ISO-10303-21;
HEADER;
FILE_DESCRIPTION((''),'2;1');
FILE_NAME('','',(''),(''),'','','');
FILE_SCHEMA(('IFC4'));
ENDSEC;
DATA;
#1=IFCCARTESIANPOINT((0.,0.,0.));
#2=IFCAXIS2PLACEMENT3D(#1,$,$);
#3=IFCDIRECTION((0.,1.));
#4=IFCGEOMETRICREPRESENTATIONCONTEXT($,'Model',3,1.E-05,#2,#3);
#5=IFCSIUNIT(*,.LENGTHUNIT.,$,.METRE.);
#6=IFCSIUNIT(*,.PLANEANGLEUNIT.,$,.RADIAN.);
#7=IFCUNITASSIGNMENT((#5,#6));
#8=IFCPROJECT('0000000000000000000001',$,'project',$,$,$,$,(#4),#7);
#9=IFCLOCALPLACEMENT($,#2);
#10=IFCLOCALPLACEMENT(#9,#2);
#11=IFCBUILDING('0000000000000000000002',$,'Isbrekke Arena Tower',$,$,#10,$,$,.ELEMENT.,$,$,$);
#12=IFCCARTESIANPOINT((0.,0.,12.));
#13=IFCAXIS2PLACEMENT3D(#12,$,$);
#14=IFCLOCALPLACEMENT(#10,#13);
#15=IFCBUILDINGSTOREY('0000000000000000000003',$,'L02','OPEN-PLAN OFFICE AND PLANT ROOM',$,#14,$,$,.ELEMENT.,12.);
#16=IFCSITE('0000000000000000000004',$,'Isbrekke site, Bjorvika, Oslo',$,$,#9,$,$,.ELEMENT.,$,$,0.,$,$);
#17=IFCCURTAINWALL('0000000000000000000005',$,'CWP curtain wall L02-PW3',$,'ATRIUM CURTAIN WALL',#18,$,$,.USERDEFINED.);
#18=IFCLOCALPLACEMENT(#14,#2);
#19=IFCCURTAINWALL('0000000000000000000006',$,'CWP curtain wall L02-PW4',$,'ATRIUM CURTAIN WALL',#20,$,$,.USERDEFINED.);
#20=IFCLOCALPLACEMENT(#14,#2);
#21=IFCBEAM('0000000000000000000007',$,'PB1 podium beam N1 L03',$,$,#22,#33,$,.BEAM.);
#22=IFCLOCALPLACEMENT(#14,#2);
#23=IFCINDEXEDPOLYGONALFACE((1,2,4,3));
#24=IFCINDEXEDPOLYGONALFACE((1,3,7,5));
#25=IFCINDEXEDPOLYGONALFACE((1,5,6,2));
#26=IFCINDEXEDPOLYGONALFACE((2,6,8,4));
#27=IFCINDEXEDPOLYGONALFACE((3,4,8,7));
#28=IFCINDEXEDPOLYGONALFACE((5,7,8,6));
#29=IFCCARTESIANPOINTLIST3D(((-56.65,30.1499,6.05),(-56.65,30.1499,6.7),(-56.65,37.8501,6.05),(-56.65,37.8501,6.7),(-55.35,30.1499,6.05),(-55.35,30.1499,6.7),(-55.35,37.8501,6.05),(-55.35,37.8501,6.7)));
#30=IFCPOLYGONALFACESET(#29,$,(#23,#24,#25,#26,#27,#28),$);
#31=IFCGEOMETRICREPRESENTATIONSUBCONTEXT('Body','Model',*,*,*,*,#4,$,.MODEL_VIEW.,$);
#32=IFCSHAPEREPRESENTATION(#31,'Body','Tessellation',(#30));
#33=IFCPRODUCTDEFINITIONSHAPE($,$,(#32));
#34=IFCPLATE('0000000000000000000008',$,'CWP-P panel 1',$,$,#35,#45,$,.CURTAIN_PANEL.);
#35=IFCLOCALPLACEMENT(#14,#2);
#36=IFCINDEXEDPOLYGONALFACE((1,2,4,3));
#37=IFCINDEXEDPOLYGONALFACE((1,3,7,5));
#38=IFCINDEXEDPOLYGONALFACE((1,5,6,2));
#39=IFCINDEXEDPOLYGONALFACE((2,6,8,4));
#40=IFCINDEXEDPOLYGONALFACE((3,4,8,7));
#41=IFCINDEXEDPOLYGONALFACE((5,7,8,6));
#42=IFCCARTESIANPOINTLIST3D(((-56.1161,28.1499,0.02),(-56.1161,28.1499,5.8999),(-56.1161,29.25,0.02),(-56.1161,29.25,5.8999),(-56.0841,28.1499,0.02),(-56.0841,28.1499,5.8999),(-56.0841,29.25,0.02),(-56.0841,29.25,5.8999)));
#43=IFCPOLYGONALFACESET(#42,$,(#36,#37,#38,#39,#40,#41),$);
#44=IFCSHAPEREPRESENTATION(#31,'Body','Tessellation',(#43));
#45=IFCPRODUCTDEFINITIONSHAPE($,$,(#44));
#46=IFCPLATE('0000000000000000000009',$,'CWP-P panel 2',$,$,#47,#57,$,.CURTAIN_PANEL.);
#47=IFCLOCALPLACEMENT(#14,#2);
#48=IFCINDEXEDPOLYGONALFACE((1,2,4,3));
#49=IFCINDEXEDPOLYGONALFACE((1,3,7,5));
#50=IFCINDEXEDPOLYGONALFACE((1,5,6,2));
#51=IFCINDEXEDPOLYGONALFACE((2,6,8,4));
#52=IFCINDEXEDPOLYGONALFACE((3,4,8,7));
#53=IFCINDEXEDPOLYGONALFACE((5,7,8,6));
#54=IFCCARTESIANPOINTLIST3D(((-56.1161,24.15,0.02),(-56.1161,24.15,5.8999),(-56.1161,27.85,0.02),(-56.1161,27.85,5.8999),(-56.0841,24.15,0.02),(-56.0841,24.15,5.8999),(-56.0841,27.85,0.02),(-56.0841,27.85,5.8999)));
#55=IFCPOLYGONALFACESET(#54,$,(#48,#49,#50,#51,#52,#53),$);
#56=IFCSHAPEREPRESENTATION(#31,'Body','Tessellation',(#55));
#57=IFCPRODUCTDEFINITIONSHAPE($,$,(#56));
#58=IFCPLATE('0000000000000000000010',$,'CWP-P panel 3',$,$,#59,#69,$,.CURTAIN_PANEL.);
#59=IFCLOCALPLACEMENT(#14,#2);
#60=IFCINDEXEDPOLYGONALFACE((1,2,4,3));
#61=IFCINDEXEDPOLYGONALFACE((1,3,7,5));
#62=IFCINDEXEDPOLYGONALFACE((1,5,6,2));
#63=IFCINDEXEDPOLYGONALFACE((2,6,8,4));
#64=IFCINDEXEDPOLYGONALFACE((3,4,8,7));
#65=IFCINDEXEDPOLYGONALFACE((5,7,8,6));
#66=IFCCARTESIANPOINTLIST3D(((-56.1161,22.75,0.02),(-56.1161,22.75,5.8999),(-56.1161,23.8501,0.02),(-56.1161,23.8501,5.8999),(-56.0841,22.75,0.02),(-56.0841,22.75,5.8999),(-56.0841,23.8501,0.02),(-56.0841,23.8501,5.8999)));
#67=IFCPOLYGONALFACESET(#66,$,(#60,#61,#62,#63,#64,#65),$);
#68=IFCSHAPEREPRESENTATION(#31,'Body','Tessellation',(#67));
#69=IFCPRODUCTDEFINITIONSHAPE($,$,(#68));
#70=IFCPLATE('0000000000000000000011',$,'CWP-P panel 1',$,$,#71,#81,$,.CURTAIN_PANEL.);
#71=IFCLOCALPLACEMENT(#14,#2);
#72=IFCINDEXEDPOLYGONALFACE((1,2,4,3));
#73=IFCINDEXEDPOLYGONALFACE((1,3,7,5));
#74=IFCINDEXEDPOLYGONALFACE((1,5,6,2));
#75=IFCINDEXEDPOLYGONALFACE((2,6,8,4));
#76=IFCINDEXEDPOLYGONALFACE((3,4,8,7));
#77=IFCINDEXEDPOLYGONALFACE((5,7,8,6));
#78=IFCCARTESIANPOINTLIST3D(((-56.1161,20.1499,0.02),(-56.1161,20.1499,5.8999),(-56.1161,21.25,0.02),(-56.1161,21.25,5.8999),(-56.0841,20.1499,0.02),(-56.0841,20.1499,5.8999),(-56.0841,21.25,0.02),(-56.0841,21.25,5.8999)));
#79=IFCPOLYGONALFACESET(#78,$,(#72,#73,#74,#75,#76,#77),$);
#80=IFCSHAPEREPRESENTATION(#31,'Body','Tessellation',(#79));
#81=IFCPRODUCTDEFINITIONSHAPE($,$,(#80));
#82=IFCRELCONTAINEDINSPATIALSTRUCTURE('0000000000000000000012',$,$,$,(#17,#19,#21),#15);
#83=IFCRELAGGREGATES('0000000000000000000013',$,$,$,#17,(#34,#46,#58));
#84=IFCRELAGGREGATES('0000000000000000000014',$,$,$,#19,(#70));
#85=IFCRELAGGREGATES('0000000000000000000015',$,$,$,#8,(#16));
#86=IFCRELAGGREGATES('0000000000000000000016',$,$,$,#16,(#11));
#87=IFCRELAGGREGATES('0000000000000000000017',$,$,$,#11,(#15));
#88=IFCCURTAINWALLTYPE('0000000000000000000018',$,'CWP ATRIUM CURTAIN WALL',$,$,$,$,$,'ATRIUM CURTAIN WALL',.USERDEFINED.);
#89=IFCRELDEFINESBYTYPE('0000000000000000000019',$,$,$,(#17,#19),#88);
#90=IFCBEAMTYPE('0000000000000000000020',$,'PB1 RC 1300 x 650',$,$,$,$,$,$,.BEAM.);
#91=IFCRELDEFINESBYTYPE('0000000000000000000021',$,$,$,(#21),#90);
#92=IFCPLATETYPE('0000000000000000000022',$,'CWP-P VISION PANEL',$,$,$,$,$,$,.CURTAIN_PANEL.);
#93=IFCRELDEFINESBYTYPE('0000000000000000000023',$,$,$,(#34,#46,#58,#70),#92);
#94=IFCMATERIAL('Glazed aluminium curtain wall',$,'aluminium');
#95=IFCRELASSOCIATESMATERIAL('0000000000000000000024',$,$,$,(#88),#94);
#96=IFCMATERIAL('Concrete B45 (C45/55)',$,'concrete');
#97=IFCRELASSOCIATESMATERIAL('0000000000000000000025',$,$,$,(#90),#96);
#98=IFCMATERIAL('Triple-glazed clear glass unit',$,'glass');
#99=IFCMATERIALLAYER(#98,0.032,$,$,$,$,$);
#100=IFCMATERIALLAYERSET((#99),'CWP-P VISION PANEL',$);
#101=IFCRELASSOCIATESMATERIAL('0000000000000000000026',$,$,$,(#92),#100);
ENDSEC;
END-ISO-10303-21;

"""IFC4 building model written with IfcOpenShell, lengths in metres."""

from ifc_helpers import new_model, si_unit, direction, frame, origin, origin_2d, place, context, subcontext, project, spatial, rectangle, extrude, material, layer, layer_set, material_profile, profile_set, type_object, element, aggregate, save


model = new_model("IFC4")

# Units and contexts
model_context = context("Model", 3, precision=1e-05, world=origin(), true_north=direction((0.0, 1.0)))
body_context = subcontext(model_context, "Body", "Model", "MODEL_VIEW")
ifc_project = project(units=[si_unit("LENGTHUNIT", "METRE"), si_unit("PLANEANGLEUNIT", "RADIAN")], contexts=[model_context])

# Site, building, storey
site_placement = place(None, origin())
site = spatial("IfcSite", under=ifc_project, at=site_placement, Name="Isbrekke site, Bjorvika, Oslo", CompositionType="ELEMENT", RefElevation=0.0)
building_placement = place(site_placement, origin())
building = spatial("IfcBuilding", under=site, at=building_placement, Name="Isbrekke Arena Tower", CompositionType="ELEMENT")
storey_placement = place(building_placement, frame((0.0, 0.0, 12.0)))
storey = spatial("IfcBuildingStorey", under=building, at=storey_placement, Name="L02", Description="OPEN-PLAN OFFICE AND PLANT ROOM", CompositionType="ELEMENT", Elevation=12.0)

# Curtain walls
ifc_material_1 = material(Name="Glazed aluminium curtain wall", Category="aluminium")
curtain_wall_type = type_object("IfcCurtainWallType", Name="CWP ATRIUM CURTAIN WALL", ElementType="ATRIUM CURTAIN WALL", PredefinedType="USERDEFINED", material=ifc_material_1)
curtain_wall_1_placement = place(storey_placement, origin())
curtain_wall_1 = element("IfcCurtainWall", 1, at=curtain_wall_1_placement, inside=storey, type_object=curtain_wall_type, Name="CWP curtain wall L02-PW3", ObjectType="ATRIUM CURTAIN WALL", PredefinedType="USERDEFINED")
curtain_wall_2_placement = place(storey_placement, origin())
curtain_wall_2 = element("IfcCurtainWall", 2, at=curtain_wall_2_placement, inside=storey, type_object=curtain_wall_type, Name="CWP curtain wall L02-PW4", ObjectType="ATRIUM CURTAIN WALL", PredefinedType="USERDEFINED")

# Beam
ifc_material_2 = material(Name="Concrete B45 (C45/55)", Category="concrete")
ifc_material_profile_1 = material_profile(ifc_material_2, rectangle(XDim=1.3, YDim=0.6499, at=origin_2d()), Name="RC 1300x650")
ifc_profile_set_1 = profile_set([ifc_material_profile_1], Name="Concrete B45 (C45/55)")
beam_type = type_object("IfcBeamType", Name="PB1 RC 1300 x 650", PredefinedType="BEAM", material=ifc_profile_set_1)
for number, where, z_axis, x_axis, name in (
    (3, (-56.0, 30.1499, 6.375), (0.0, 1.0, 0.0), (-1.0, 0.0, 0.0), "PB1 podium beam N1 L03"),
):
    element("IfcBeam", number, at=place(storey_placement, frame(where, z_axis=z_axis, x_axis=x_axis)), inside=storey, type_object=beam_type, Name=name, PredefinedType="BEAM", context=body_context, shape_type="SweptSolid", body=[
        extrude(rectangle(XDim=1.3, YDim=0.6499, at=origin_2d()), origin(), (0.0, 0.0, 1.0), 7.7002),
    ])

# Plates
ifc_material_3 = material(Name="Triple-glazed clear glass unit", Category="glass")
ifc_layer = layer(ifc_material_3, 0.032)
ifc_layer_set = layer_set([ifc_layer], Name="CWP-P VISION PANEL")
plate_type = type_object("IfcPlateType", Name="CWP-P VISION PANEL", PredefinedType="CURTAIN_PANEL", material=ifc_layer_set)
plate_1_placement = place(storey_placement, frame((-56.1001, 28.7, 0.02), z_axis=(0.0, 0.0, 1.0), x_axis=(0.0, -1.0, 0.0)))
plate_1 = element("IfcPlate", 4, at=plate_1_placement, type_object=plate_type, Name="CWP-P panel 1", PredefinedType="CURTAIN_PANEL", context=body_context, shape_type="SweptSolid", body=[
    extrude(rectangle(XDim=1.1001, YDim=0.032, at=origin_2d()), origin(), (0.0, 0.0, 1.0), 5.8799),
])
plate_2_placement = place(storey_placement, frame((-56.1001, 26.0, 0.02), z_axis=(0.0, 0.0, 1.0), x_axis=(0.0, -1.0, 0.0)))
plate_2 = element("IfcPlate", 5, at=plate_2_placement, type_object=plate_type, Name="CWP-P panel 2", PredefinedType="CURTAIN_PANEL", context=body_context, shape_type="SweptSolid", body=[
    extrude(rectangle(XDim=3.7, YDim=0.032, at=origin_2d()), origin(), (0.0, 0.0, 1.0), 5.8799),
])
plate_3_placement = place(storey_placement, frame((-56.1001, 23.3, 0.02), z_axis=(0.0, 0.0, 1.0), x_axis=(0.0, -1.0, 0.0)))
plate_3 = element("IfcPlate", 6, at=plate_3_placement, type_object=plate_type, Name="CWP-P panel 3", PredefinedType="CURTAIN_PANEL", context=body_context, shape_type="SweptSolid", body=[
    extrude(rectangle(XDim=1.1001, YDim=0.032, at=origin_2d()), origin(), (0.0, 0.0, 1.0), 5.8799),
])
aggregate(curtain_wall_1, [plate_1, plate_2, plate_3])
plate_4_placement = place(storey_placement, frame((-56.1001, 20.7, 0.02), z_axis=(0.0, 0.0, 1.0), x_axis=(0.0, -1.0, 0.0)))
plate_4 = element("IfcPlate", 7, at=plate_4_placement, type_object=plate_type, Name="CWP-P panel 1", PredefinedType="CURTAIN_PANEL", context=body_context, shape_type="SweptSolid", body=[
    extrude(rectangle(XDim=1.1001, YDim=0.032, at=origin_2d()), origin(), (0.0, 0.0, 1.0), 5.8799),
])
aggregate(curtain_wall_2, [plate_4])

save(model, "model.ifc")
